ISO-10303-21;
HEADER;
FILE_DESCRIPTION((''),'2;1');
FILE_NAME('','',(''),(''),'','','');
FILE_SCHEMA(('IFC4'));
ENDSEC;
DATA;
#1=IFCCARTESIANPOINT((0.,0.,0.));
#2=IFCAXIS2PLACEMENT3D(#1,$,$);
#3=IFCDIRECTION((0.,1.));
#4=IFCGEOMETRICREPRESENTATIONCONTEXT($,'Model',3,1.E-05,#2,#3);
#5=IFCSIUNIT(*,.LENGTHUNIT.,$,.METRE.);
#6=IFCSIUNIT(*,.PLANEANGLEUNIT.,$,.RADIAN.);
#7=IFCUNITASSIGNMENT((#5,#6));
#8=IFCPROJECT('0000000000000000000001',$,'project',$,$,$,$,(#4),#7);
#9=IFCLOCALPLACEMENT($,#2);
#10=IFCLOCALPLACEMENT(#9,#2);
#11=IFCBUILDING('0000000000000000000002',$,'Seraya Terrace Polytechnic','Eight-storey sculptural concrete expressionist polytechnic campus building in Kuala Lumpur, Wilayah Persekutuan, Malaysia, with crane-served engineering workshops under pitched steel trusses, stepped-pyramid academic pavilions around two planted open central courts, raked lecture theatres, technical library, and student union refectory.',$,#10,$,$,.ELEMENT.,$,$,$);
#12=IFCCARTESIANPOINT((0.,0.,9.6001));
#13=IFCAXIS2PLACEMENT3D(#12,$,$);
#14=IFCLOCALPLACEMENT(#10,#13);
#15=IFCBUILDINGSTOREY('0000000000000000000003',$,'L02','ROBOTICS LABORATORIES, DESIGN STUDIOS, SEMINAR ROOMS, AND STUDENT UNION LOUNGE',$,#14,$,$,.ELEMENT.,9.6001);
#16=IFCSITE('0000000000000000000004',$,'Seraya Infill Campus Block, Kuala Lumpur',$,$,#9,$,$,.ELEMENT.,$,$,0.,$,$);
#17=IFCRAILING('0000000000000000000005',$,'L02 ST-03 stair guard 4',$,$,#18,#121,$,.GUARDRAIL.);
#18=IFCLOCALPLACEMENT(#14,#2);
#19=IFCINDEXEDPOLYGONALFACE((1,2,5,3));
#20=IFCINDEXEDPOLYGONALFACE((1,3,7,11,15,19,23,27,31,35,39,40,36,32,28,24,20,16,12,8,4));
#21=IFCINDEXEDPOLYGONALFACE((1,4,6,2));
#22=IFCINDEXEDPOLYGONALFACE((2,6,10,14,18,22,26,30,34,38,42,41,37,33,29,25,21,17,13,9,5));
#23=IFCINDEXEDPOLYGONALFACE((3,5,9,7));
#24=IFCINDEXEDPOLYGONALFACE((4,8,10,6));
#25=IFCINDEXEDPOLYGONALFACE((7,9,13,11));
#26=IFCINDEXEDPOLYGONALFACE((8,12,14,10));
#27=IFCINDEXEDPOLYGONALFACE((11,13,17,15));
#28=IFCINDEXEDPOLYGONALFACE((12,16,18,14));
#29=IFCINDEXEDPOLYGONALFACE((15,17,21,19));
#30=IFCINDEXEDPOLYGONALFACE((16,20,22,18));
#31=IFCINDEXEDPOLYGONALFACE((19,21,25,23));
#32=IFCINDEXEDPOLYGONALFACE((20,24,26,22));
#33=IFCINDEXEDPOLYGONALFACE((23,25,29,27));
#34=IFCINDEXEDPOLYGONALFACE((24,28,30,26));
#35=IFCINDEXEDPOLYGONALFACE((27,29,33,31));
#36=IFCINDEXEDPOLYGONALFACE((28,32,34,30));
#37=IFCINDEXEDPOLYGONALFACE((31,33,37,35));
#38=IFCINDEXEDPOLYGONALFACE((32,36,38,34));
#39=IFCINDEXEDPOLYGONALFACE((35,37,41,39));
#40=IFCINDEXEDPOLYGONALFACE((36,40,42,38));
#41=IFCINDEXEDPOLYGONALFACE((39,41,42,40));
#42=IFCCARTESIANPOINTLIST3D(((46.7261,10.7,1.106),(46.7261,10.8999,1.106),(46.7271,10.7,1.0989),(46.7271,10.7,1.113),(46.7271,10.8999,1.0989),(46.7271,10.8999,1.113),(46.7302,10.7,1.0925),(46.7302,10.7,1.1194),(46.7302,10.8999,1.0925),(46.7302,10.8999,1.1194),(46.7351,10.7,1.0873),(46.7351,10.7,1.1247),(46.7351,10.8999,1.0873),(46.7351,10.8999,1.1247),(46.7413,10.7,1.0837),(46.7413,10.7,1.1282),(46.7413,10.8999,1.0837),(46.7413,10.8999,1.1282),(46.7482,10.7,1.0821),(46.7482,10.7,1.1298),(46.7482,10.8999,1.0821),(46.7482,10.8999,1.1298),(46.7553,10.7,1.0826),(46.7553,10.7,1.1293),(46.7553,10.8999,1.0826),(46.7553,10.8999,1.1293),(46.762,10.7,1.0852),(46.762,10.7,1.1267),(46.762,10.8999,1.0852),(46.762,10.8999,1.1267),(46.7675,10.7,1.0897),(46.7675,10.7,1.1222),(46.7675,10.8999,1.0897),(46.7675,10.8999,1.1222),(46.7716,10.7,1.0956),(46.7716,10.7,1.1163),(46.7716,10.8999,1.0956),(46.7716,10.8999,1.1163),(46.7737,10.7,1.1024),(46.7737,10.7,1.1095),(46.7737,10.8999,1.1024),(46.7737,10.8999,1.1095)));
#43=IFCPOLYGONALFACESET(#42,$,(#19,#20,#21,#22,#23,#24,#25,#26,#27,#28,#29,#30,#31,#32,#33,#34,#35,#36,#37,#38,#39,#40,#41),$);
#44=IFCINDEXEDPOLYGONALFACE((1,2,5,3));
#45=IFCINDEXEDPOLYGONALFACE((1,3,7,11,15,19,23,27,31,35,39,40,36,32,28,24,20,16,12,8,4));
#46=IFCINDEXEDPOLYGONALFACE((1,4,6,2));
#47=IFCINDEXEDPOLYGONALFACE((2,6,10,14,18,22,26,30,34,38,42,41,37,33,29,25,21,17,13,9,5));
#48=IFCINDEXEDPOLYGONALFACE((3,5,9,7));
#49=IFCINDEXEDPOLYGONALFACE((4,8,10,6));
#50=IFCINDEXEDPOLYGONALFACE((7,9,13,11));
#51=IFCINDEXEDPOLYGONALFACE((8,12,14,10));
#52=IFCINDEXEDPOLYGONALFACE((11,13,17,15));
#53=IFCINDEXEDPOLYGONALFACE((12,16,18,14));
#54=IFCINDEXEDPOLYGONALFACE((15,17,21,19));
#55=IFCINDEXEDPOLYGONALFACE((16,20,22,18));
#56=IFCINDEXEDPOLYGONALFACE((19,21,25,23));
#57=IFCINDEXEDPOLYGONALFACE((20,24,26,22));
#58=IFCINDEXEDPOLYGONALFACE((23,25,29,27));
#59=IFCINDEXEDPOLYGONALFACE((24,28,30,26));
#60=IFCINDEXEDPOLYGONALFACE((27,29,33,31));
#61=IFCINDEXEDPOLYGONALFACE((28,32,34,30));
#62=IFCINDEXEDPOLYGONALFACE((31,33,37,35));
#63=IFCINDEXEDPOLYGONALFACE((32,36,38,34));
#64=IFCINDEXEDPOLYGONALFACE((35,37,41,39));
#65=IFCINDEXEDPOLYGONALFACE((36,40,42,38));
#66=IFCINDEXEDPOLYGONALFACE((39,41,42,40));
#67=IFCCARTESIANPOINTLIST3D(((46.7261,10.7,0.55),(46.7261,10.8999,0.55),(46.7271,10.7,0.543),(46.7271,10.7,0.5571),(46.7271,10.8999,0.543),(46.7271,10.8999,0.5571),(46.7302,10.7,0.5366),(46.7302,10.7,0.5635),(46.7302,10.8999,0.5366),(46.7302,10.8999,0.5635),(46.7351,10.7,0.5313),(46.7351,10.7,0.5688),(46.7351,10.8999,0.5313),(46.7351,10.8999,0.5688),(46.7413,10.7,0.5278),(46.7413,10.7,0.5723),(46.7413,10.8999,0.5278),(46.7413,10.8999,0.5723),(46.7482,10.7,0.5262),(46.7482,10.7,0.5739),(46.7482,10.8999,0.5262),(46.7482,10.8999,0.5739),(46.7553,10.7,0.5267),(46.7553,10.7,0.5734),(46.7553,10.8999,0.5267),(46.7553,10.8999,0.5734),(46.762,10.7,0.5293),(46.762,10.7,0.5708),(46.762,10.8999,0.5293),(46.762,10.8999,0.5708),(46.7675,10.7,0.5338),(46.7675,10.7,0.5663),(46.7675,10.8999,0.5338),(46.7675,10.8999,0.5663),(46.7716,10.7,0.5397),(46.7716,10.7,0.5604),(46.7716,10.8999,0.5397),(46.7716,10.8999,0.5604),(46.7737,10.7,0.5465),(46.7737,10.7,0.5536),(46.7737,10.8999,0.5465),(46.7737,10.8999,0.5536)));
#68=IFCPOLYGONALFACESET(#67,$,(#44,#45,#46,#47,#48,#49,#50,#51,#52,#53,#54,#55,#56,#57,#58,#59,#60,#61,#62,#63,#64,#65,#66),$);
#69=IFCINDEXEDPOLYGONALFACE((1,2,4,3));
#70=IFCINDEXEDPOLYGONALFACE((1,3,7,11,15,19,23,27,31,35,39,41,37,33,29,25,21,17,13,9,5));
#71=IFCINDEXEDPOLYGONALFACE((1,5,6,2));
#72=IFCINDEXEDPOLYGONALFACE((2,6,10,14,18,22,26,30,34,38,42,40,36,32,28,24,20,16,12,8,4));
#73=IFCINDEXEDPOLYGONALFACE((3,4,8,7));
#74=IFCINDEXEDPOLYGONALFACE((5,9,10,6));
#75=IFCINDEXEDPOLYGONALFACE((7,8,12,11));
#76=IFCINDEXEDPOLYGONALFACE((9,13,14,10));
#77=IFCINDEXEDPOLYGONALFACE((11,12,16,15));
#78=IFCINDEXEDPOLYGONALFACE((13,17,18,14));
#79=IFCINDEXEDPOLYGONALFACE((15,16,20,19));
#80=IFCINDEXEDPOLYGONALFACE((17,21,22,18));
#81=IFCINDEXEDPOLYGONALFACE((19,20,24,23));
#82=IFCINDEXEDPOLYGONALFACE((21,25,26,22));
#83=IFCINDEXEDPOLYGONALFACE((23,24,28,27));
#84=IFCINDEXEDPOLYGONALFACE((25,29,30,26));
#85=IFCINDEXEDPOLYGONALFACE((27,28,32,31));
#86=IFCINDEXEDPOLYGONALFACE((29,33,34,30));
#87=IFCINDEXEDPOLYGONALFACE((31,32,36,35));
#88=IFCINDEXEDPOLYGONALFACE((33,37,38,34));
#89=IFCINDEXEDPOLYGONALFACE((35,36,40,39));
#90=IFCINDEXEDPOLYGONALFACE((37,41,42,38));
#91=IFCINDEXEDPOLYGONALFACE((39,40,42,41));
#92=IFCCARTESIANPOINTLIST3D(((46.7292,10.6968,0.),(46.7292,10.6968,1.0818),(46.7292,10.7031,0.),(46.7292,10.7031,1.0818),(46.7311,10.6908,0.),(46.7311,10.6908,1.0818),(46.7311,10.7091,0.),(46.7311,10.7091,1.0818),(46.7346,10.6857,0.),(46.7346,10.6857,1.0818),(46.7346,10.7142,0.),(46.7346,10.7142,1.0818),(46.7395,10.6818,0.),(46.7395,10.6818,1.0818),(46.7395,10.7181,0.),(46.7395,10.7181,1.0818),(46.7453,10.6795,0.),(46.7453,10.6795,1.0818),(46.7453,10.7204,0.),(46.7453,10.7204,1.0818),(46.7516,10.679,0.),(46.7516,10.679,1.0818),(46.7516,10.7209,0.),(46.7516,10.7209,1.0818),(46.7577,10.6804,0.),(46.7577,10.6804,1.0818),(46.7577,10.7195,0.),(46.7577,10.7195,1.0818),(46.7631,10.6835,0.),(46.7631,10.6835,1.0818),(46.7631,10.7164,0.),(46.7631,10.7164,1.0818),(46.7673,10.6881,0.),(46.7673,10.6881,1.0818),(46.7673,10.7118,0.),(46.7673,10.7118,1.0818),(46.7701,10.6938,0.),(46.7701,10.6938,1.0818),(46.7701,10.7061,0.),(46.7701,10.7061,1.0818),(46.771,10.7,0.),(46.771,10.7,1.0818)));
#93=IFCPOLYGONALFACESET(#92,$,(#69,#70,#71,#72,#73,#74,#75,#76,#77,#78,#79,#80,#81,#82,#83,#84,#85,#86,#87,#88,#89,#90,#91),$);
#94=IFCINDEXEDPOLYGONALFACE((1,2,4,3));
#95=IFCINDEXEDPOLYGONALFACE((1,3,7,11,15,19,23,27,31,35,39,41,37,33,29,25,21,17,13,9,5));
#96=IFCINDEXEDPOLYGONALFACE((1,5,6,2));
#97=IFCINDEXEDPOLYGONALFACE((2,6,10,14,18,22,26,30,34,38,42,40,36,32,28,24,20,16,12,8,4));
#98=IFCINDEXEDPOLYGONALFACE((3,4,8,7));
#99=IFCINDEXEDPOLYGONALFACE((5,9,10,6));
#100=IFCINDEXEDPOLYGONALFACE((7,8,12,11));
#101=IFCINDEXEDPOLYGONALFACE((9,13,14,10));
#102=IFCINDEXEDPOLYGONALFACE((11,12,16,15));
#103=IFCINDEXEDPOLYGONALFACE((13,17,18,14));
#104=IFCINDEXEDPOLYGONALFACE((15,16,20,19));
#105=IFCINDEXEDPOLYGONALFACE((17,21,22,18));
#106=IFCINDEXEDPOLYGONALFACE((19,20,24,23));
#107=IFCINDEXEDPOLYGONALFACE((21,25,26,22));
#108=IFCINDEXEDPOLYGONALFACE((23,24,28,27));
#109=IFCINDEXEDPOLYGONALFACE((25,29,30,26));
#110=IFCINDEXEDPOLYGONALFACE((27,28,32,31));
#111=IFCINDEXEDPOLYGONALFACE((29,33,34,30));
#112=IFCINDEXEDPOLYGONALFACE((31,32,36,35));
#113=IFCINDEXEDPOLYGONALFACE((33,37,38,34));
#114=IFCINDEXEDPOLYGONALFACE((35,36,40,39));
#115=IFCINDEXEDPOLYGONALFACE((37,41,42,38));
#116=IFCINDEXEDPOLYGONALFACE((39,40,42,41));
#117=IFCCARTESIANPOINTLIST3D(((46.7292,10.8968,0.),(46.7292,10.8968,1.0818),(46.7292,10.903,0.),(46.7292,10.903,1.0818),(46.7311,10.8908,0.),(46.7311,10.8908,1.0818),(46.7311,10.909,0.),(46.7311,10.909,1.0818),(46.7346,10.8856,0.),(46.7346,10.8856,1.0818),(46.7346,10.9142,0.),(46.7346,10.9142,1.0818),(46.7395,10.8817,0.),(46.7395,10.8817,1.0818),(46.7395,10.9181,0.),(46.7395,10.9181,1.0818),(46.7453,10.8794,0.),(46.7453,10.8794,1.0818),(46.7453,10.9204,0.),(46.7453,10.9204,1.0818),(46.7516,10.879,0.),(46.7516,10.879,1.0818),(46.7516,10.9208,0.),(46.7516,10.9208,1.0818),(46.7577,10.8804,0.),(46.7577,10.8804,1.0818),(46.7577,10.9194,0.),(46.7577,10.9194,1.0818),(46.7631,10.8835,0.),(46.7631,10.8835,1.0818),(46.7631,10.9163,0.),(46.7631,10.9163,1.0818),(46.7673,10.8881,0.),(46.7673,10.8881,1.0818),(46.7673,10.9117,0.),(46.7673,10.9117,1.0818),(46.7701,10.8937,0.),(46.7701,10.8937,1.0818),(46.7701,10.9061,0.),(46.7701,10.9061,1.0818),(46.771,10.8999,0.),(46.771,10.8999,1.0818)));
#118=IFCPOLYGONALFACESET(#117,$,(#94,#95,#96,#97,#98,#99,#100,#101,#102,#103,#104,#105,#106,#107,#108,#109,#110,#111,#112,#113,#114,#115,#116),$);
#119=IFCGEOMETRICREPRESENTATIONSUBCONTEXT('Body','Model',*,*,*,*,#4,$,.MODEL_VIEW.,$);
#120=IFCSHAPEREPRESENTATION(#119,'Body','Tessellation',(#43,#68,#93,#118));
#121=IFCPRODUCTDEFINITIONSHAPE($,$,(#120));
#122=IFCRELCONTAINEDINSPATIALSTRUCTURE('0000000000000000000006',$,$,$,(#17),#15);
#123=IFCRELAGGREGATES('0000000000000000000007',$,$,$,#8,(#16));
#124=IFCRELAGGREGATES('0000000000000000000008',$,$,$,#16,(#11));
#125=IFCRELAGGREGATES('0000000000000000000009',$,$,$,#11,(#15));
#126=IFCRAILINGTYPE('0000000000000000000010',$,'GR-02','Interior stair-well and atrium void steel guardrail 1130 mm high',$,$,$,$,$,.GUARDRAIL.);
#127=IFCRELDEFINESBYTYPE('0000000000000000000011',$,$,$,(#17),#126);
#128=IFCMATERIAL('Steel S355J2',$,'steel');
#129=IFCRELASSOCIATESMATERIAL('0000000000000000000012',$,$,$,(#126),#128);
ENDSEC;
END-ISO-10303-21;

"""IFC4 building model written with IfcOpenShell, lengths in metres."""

from ifc_helpers import new_model, si_unit, direction, frame, origin, origin_2d, place, context, subcontext, project, spatial, circle, extrude, material, type_object, element, save


model = new_model("IFC4")

# Units and contexts
model_context = context("Model", 3, precision=1e-05, world=origin(), true_north=direction((0.0, 1.0)))
body_context = subcontext(model_context, "Body", "Model", "MODEL_VIEW")
ifc_project = project(units=[si_unit("LENGTHUNIT", "METRE"), si_unit("PLANEANGLEUNIT", "RADIAN")], contexts=[model_context])

# Site, building, storey
site_placement = place(None, origin())
site = spatial("IfcSite", under=ifc_project, at=site_placement, Name="Seraya Infill Campus Block, Kuala Lumpur", CompositionType="ELEMENT", RefElevation=0.0)
building_placement = place(site_placement, origin())
building = spatial("IfcBuilding", under=site, at=building_placement, Name="Seraya Terrace Polytechnic", Description="Eight-storey sculptural concrete expressionist polytechnic campus building in Kuala Lumpur, Wilayah Persekutuan, Malaysia, with crane-served engineering workshops under pitched steel trusses, stepped-pyramid academic pavilions around two planted open central courts, raked lecture theatres, technical library, and student union refectory.", CompositionType="ELEMENT")
storey_placement = place(building_placement, frame((0.0, 0.0, 9.6001)))
storey = spatial("IfcBuildingStorey", under=building, at=storey_placement, Name="L02", Description="ROBOTICS LABORATORIES, DESIGN STUDIOS, SEMINAR ROOMS, AND STUDENT UNION LOUNGE", CompositionType="ELEMENT", Elevation=9.6001)

# Shared definitions
ifc_material_1 = material(Name="Steel S355J2", Category="steel")

# Railing
railing_type_1 = type_object("IfcRailingType", Name="GR-02", Description="Interior stair-well and atrium void steel guardrail 1130 mm high", PredefinedType="GUARDRAIL", material=ifc_material_1)
railing_1_placement = place(storey_placement, frame((46.75, 10.7, 0.0)))
element("IfcRailing", 1, at=railing_1_placement, inside=storey, type_object=railing_type_1, Name="L02 ST-03 stair guard 4", PredefinedType="GUARDRAIL", context=body_context, shape_type="SweptSolid", body=[
    extrude(circle(Radius=0.0239, at=origin_2d()), frame((0.0, 0.0, 1.106), z_axis=(0.0, 1.0, 0.0), x_axis=(-1.0, 0.0, 0.0)), (0.0, 0.0, 1.0), 0.2),
    extrude(circle(Radius=0.0239, at=origin_2d()), frame((0.0, 0.0, 0.55), z_axis=(0.0, 1.0, 0.0), x_axis=(-1.0, 0.0, 0.0)), (0.0, 0.0, 1.0), 0.2),
    extrude(circle(Radius=0.021, at=origin_2d()), origin(), (0.0, 0.0, 1.0), 1.0818),
    extrude(circle(Radius=0.021, at=origin_2d()), frame((0.0, 0.2, 0.0)), (0.0, 0.0, 1.0), 1.0818),
])

save(model, "model.ifc")
